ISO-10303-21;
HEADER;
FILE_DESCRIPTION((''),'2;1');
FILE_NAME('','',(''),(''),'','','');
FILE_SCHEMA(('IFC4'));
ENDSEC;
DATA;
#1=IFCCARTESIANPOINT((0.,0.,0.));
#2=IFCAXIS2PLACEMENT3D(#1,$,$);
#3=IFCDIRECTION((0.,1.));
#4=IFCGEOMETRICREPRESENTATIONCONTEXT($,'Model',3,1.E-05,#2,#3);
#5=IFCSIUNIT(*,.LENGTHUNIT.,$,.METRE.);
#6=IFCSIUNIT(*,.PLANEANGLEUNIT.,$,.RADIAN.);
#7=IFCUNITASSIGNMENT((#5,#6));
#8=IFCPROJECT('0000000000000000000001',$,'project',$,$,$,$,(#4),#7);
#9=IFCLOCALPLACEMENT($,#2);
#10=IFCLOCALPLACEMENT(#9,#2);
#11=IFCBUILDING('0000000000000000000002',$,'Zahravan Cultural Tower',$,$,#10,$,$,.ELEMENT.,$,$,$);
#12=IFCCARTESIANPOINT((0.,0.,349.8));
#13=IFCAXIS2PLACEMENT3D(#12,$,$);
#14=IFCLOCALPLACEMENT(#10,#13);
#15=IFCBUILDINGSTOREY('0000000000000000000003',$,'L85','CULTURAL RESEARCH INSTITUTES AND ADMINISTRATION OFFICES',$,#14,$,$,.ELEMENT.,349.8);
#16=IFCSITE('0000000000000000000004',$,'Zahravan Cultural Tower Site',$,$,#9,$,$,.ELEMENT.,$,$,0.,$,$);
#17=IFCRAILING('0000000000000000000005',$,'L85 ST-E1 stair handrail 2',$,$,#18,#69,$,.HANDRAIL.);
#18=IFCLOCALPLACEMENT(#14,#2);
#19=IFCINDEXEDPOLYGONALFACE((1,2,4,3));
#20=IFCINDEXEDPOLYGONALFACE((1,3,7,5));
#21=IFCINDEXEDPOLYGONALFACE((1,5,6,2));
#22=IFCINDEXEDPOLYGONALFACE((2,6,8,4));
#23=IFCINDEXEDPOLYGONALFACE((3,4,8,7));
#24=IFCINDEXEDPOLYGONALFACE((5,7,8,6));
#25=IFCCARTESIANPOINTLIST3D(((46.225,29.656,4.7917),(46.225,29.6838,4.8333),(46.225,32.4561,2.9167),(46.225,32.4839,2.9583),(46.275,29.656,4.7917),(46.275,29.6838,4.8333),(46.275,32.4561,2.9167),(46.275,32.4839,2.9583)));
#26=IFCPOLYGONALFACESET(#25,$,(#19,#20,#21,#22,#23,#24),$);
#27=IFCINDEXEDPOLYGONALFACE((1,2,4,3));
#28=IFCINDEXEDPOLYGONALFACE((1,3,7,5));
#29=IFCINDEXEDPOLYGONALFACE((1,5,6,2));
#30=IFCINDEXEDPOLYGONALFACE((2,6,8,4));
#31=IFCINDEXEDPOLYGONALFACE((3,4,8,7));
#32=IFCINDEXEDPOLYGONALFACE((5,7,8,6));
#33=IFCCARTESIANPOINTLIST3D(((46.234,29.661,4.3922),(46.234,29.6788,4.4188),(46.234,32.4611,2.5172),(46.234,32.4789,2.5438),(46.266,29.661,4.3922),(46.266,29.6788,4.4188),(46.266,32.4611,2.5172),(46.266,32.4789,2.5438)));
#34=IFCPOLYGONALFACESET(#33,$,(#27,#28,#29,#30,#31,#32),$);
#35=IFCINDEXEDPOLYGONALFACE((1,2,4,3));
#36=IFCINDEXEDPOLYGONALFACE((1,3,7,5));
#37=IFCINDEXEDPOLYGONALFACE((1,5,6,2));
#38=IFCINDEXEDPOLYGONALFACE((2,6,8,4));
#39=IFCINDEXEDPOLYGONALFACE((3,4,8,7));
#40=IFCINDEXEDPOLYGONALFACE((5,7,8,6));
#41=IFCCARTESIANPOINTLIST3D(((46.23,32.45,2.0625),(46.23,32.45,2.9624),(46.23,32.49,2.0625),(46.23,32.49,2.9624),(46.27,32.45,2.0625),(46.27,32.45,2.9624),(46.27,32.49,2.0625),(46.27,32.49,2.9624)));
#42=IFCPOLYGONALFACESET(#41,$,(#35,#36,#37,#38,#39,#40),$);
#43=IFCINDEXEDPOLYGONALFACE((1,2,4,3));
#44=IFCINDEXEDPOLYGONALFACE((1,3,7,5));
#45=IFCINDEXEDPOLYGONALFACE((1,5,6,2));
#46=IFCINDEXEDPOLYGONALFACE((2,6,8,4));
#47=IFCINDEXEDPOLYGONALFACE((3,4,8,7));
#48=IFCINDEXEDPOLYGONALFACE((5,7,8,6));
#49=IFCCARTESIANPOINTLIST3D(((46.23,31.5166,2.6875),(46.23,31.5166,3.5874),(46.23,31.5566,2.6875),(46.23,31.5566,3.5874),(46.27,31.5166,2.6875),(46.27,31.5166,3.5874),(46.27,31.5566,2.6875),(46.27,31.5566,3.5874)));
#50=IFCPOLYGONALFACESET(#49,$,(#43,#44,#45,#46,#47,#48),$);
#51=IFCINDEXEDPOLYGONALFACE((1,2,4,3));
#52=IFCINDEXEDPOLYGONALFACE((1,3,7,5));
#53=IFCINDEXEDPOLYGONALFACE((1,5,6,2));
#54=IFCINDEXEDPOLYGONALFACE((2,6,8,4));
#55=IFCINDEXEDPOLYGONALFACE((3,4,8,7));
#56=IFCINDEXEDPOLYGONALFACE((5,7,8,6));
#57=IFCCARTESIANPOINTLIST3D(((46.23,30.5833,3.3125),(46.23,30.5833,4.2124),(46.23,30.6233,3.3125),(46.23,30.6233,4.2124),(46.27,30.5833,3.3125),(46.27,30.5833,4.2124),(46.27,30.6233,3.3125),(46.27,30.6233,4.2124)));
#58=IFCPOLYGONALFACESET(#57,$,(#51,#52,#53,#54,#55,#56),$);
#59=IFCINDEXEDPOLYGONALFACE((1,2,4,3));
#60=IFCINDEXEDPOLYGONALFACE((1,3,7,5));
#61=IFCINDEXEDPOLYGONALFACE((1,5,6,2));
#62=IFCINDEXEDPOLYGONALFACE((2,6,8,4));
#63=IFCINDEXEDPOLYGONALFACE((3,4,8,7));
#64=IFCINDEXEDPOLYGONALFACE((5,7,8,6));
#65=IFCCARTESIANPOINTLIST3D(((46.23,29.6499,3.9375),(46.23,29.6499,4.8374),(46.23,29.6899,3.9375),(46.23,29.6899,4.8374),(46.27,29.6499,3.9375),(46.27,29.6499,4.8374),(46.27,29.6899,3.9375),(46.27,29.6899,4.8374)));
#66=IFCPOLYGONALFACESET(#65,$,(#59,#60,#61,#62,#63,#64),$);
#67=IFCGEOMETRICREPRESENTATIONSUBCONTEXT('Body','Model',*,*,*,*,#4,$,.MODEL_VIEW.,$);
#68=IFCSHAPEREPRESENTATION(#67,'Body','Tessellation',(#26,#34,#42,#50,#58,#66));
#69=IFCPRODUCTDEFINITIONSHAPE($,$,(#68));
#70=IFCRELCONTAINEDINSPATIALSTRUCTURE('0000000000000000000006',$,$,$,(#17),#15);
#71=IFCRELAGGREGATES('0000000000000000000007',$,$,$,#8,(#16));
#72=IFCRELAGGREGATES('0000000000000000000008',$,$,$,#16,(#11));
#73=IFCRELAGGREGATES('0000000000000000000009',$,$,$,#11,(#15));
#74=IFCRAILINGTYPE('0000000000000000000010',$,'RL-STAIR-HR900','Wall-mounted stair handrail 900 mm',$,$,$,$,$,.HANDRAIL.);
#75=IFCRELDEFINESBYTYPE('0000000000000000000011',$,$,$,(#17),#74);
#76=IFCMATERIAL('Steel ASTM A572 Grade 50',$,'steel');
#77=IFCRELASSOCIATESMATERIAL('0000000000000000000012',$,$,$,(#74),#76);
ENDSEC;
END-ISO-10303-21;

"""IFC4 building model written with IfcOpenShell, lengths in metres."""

from ifc_helpers import new_model, si_unit, direction, frame, origin, origin_2d, place, context, subcontext, project, spatial, rectangle, extrude, material, type_object, element, save


model = new_model("IFC4")

# Units and contexts
model_context = context("Model", 3, precision=1e-05, world=origin(), true_north=direction((0.0, 1.0)))
body_context = subcontext(model_context, "Body", "Model", "MODEL_VIEW")
ifc_project = project(units=[si_unit("LENGTHUNIT", "METRE"), si_unit("PLANEANGLEUNIT", "RADIAN")], contexts=[model_context])

# Site, building, storey
site_placement = place(None, origin())
site = spatial("IfcSite", under=ifc_project, at=site_placement, Name="Zahravan Cultural Tower Site", CompositionType="ELEMENT", RefElevation=0.0)
building_placement = place(site_placement, origin())
building = spatial("IfcBuilding", under=site, at=building_placement, Name="Zahravan Cultural Tower", CompositionType="ELEMENT")
storey_placement = place(building_placement, frame((0.0, 0.0, 349.8)))
storey = spatial("IfcBuildingStorey", under=building, at=storey_placement, Name="L85", Description="CULTURAL RESEARCH INSTITUTES AND ADMINISTRATION OFFICES", CompositionType="ELEMENT", Elevation=349.8)

# Shared definitions
ifc_material_1 = material(Name="Steel ASTM A572 Grade 50", Category="steel")

# Railing
railing_type_1 = type_object("IfcRailingType", Name="RL-STAIR-HR900", Description="Wall-mounted stair handrail 900 mm", PredefinedType="HANDRAIL", material=ifc_material_1)
railing_1_placement = place(storey_placement, frame((46.25, 32.47, 2.0625)))
element("IfcRailing", 1, at=railing_1_placement, inside=storey, type_object=railing_type_1, Name="L85 ST-E1 stair handrail 2", PredefinedType="HANDRAIL", context=body_context, shape_type="SweptSolid", body=[
    extrude(rectangle(XDim=0.05, YDim=0.05, at=origin_2d()), frame((0.0, 0.0, 0.875), z_axis=(0.0, -0.830912, 0.556404), x_axis=(1.0, 0.0, 0.0)), (0.0, 0.0, 1.0), 3.3699),
    extrude(rectangle(XDim=0.032, YDim=0.032, at=origin_2d()), frame((0.0, 0.0, 0.468), z_axis=(0.0, -0.830912, 0.556404), x_axis=(1.0, 0.0, 0.0)), (0.0, 0.0, 1.0), 3.3699),
    extrude(rectangle(XDim=0.04, YDim=0.04, at=origin_2d()), origin(), (0.0, 0.0, 1.0), 0.8999),
    extrude(rectangle(XDim=0.04, YDim=0.04, at=origin_2d()), frame((0.0, -0.9333, 0.625)), (0.0, 0.0, 1.0), 0.8999),
    extrude(rectangle(XDim=0.04, YDim=0.04, at=origin_2d()), frame((0.0, -1.8667, 1.25)), (0.0, 0.0, 1.0), 0.8999),
    extrude(rectangle(XDim=0.04, YDim=0.04, at=origin_2d()), frame((0.0, -2.8, 1.875)), (0.0, 0.0, 1.0), 0.8999),
])

save(model, "model.ifc")
